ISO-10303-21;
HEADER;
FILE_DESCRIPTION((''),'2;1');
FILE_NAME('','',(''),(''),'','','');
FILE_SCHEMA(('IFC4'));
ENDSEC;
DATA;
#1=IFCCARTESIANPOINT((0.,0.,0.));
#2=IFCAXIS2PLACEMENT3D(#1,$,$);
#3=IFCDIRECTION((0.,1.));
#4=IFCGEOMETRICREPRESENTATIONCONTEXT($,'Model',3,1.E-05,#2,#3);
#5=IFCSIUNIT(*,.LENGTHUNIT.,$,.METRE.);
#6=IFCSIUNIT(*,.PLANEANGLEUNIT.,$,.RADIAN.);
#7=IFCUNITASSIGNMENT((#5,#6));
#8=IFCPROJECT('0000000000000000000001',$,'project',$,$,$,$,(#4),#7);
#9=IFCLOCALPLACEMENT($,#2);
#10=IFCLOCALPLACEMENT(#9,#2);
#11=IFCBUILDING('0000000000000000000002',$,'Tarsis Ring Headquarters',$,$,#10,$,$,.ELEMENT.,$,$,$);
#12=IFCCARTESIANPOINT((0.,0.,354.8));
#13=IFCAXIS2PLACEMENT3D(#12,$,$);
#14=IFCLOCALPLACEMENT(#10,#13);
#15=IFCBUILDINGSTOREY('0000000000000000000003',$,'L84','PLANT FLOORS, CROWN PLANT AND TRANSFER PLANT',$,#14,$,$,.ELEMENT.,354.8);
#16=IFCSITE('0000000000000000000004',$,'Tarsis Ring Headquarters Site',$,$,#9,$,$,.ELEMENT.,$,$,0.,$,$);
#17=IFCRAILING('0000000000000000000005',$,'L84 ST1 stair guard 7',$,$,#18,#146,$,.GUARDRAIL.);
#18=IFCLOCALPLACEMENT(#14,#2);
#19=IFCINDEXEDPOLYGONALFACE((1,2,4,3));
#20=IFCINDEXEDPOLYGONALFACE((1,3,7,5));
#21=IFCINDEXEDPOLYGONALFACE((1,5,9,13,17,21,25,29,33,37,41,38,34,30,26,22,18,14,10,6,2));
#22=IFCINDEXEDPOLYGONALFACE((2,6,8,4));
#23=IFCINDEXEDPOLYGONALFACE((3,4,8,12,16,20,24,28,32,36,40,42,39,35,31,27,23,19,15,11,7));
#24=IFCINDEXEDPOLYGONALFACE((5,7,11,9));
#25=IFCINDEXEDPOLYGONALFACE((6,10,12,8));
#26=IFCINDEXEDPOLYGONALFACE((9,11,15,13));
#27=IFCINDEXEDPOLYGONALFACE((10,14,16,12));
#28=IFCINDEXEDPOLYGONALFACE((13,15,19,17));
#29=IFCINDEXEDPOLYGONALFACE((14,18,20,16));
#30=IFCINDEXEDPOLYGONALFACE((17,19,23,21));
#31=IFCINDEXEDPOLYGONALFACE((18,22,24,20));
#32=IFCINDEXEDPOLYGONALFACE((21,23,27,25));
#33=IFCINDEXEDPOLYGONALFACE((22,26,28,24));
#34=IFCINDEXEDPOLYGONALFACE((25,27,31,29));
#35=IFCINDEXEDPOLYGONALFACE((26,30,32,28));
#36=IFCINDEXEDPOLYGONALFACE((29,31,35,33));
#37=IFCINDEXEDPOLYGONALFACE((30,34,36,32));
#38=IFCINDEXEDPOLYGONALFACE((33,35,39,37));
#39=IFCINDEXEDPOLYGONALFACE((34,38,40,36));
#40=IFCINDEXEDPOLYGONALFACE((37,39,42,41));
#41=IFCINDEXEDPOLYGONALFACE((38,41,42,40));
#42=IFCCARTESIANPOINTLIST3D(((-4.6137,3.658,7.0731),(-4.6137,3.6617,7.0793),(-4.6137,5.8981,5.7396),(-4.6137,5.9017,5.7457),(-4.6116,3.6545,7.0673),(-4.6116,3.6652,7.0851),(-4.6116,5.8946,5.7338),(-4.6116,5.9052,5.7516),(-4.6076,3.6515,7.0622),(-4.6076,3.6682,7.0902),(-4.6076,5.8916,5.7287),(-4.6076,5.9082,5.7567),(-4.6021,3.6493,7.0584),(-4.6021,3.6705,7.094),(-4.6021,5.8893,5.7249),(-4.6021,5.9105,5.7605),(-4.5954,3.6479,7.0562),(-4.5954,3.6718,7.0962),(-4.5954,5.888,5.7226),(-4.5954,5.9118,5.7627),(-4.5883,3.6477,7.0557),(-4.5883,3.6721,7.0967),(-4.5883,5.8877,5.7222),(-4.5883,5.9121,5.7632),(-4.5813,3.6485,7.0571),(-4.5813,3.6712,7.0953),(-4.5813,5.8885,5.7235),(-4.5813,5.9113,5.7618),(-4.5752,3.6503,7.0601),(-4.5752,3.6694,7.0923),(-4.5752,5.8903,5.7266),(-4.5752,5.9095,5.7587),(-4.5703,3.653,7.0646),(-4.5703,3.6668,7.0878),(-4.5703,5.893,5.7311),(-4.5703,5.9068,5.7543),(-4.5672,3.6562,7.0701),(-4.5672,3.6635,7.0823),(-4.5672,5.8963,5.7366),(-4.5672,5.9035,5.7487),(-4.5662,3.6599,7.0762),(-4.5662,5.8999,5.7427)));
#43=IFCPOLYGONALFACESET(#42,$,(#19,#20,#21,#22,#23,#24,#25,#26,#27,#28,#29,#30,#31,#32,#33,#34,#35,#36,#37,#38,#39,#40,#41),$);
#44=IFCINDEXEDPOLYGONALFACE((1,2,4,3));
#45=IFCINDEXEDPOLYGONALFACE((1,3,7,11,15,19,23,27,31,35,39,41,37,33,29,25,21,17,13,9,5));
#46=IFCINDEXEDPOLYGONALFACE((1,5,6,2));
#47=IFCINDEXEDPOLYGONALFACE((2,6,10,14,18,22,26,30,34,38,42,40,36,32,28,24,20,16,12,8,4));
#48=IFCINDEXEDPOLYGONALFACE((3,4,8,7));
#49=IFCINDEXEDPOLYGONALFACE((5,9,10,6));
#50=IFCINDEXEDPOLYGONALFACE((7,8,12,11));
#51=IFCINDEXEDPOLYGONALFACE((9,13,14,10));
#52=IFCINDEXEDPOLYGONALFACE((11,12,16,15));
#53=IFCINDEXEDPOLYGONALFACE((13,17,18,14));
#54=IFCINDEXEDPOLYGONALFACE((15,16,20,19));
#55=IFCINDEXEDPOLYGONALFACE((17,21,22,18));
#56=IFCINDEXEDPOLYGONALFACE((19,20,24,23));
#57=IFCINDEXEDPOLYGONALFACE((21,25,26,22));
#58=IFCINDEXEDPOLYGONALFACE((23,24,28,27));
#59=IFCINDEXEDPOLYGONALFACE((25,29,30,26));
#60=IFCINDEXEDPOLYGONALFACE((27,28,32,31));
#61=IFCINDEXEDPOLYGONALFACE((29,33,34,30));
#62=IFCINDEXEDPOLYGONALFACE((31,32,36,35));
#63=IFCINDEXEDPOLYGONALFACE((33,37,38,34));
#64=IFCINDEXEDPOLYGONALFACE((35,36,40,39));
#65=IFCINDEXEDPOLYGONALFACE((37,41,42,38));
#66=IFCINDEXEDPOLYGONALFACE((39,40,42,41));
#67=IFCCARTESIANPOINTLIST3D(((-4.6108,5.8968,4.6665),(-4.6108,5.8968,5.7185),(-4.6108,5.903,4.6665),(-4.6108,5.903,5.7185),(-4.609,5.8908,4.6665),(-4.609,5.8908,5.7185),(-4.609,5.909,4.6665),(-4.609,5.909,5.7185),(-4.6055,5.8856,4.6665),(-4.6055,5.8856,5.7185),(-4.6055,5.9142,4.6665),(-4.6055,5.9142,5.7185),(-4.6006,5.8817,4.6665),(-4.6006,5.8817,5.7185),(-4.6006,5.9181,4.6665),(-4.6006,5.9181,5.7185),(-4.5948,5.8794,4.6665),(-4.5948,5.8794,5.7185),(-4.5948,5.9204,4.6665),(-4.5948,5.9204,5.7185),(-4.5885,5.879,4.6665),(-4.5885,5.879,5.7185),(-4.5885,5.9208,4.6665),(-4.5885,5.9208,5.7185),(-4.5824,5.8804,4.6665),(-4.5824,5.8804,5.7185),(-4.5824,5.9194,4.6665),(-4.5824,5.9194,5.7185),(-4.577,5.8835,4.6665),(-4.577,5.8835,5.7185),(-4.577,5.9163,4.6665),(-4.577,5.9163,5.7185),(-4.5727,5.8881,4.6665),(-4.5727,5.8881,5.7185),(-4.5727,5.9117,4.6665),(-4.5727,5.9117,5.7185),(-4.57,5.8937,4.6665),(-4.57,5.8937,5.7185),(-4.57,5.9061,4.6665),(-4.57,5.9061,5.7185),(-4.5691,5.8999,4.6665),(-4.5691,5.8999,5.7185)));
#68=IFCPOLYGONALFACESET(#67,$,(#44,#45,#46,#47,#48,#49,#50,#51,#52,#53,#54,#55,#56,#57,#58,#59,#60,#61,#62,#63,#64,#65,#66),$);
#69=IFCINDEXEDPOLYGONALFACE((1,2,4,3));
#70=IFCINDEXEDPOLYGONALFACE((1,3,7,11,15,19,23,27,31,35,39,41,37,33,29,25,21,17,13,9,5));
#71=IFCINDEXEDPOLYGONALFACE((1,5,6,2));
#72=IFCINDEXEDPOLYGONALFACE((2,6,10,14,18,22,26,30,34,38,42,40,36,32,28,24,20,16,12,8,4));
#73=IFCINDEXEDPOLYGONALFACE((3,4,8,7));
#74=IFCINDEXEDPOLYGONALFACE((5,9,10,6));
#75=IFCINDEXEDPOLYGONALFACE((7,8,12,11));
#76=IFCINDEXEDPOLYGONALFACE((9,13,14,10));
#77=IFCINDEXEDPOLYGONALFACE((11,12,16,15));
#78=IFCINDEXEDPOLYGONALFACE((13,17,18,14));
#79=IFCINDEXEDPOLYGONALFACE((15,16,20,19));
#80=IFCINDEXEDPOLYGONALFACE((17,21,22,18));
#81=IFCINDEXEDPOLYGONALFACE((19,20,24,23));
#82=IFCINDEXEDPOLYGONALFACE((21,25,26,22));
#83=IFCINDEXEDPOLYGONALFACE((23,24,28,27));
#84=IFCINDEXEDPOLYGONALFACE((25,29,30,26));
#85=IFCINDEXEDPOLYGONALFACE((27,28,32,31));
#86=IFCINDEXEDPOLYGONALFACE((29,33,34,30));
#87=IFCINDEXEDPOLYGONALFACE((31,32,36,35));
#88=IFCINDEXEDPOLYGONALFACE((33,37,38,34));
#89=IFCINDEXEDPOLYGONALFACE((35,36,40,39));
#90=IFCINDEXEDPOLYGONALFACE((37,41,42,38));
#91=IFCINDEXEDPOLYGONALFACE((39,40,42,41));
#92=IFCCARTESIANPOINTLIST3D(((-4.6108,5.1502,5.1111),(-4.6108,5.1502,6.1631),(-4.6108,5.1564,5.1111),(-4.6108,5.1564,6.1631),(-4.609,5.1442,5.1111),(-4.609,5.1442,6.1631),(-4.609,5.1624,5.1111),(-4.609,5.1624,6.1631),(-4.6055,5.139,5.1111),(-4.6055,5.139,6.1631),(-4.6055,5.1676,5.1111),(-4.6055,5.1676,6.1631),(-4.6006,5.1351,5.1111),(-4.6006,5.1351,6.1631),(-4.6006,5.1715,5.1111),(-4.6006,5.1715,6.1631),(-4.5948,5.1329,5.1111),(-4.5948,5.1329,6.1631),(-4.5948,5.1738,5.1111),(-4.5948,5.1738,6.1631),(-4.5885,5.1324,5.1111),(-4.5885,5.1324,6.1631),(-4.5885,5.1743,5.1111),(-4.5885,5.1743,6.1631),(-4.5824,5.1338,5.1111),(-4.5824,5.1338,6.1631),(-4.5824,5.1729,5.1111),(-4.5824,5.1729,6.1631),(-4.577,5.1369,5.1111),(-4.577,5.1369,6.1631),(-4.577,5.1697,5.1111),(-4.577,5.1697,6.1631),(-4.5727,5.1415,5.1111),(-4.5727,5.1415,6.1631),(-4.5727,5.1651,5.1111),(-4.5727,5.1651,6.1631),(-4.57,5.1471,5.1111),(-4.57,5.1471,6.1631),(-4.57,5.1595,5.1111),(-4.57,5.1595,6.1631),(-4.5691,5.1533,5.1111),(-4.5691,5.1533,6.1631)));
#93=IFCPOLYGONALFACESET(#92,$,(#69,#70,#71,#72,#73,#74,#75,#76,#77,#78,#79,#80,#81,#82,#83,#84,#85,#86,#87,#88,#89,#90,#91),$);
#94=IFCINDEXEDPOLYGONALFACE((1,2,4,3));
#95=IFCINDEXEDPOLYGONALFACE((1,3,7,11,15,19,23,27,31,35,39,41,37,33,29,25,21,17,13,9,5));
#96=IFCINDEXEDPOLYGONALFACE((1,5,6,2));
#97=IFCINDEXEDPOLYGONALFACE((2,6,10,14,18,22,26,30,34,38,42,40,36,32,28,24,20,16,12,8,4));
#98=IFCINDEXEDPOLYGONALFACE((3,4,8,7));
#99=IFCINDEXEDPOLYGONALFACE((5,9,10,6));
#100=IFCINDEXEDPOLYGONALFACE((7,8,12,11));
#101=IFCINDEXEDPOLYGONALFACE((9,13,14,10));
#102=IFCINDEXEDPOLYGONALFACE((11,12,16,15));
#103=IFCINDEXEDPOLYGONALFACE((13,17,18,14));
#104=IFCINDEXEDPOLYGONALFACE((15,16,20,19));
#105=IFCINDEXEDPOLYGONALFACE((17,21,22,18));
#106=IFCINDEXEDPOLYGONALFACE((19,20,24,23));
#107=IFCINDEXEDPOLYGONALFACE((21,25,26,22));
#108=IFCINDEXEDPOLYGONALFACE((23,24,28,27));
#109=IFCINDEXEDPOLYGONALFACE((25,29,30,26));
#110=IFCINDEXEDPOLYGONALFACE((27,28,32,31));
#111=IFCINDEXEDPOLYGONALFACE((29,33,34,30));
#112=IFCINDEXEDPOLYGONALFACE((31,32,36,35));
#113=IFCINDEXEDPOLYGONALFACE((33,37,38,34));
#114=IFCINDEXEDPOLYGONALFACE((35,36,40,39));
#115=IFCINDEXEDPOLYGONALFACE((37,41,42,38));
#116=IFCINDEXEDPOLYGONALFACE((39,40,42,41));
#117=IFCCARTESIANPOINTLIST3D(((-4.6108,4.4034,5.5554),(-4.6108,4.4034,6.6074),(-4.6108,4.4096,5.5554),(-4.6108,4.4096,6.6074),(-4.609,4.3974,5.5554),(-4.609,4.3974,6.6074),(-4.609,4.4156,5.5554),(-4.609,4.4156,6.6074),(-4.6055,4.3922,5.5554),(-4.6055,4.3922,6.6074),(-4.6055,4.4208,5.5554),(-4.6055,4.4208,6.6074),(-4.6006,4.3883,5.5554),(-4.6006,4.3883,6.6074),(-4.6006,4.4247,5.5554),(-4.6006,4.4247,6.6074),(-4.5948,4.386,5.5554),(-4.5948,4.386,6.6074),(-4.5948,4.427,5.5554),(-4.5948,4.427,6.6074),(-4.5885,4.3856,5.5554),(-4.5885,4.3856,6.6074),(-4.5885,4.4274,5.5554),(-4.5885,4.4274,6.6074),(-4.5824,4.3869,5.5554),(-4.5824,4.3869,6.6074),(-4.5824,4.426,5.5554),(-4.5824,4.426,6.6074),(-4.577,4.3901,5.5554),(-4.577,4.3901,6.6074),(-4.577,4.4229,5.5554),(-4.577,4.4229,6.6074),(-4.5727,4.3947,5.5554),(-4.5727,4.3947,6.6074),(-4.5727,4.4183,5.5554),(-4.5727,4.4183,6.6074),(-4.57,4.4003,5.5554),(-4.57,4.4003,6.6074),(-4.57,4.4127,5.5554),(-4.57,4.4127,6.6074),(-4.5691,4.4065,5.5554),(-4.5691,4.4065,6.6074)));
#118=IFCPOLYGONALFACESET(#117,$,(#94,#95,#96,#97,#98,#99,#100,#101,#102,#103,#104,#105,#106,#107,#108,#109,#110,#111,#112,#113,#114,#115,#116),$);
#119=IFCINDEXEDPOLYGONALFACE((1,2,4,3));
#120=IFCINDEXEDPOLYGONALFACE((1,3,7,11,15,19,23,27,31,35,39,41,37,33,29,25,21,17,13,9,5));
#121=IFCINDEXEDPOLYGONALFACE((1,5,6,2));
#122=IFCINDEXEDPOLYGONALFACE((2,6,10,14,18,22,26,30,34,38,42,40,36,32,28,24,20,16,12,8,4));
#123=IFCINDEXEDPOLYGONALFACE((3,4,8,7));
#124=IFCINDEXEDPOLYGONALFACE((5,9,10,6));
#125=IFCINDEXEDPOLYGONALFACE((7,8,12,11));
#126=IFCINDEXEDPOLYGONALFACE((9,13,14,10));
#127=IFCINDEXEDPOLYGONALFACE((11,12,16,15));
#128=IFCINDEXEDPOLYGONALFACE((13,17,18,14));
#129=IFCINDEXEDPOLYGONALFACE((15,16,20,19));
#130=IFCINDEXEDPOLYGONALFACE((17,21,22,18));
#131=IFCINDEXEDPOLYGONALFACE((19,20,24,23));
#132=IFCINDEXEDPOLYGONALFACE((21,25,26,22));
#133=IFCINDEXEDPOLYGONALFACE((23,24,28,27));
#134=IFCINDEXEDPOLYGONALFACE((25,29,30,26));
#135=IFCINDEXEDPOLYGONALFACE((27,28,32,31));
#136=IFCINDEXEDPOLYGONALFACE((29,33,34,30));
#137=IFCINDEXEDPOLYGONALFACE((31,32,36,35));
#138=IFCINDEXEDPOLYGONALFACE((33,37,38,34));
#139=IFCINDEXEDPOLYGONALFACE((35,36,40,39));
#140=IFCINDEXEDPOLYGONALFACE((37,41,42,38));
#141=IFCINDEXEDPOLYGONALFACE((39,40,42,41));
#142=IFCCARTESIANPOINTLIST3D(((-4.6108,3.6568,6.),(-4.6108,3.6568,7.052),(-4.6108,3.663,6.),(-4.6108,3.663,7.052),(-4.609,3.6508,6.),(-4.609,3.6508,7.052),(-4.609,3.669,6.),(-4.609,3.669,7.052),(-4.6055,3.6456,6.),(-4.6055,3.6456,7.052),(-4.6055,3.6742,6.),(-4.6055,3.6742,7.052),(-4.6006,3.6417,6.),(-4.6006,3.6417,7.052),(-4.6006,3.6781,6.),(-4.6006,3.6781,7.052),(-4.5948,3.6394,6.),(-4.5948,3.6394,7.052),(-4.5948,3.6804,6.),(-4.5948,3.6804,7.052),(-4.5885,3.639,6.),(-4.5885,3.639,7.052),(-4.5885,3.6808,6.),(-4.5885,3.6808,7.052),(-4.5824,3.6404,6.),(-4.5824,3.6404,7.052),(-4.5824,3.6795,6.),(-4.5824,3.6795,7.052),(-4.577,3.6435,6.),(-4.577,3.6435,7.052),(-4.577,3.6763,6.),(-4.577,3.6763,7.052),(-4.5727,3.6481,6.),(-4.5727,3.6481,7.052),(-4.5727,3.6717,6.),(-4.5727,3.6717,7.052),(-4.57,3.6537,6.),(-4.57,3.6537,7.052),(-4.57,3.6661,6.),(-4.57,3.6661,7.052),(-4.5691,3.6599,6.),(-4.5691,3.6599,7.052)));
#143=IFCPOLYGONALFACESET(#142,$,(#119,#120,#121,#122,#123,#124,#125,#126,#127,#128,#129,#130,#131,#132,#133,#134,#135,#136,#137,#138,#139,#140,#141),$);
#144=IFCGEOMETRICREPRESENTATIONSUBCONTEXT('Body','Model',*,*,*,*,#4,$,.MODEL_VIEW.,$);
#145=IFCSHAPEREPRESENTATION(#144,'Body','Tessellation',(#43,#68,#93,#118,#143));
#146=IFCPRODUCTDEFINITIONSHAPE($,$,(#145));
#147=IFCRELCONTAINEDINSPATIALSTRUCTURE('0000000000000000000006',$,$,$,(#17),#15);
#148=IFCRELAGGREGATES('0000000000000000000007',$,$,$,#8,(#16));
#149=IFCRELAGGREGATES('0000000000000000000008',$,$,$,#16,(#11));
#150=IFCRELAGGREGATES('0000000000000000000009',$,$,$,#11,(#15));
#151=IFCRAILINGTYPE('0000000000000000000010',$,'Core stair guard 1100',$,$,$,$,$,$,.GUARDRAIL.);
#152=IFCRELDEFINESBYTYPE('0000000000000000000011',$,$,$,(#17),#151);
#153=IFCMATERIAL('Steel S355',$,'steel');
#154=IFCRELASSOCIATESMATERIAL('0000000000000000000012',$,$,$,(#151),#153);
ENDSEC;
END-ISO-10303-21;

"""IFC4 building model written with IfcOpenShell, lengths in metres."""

from ifc_helpers import new_model, si_unit, direction, frame, origin, origin_2d, place, context, subcontext, project, spatial, circle, extrude, material, type_object, element, save


model = new_model("IFC4")

# Units and contexts
model_context = context("Model", 3, precision=1e-05, world=origin(), true_north=direction((0.0, 1.0)))
body_context = subcontext(model_context, "Body", "Model", "MODEL_VIEW")
ifc_project = project(units=[si_unit("LENGTHUNIT", "METRE"), si_unit("PLANEANGLEUNIT", "RADIAN")], contexts=[model_context])

# Site, building, storey
site_placement = place(None, origin())
site = spatial("IfcSite", under=ifc_project, at=site_placement, Name="Tarsis Ring Headquarters Site", CompositionType="ELEMENT", RefElevation=0.0)
building_placement = place(site_placement, origin())
building = spatial("IfcBuilding", under=site, at=building_placement, Name="Tarsis Ring Headquarters", CompositionType="ELEMENT")
storey_placement = place(building_placement, frame((0.0, 0.0, 354.8)))
storey = spatial("IfcBuildingStorey", under=building, at=storey_placement, Name="L84", Description="PLANT FLOORS, CROWN PLANT AND TRANSFER PLANT", CompositionType="ELEMENT", Elevation=354.8)

# Shared definitions
ifc_material_1 = material(Name="Steel S355", Category="steel")

# Railing
railing_type_1 = type_object("IfcRailingType", Name="Core stair guard 1100", PredefinedType="GUARDRAIL", material=ifc_material_1)
railing_1_placement = place(storey_placement, frame((-4.5901, 5.8999, 4.6665)))
element("IfcRailing", 1, at=railing_1_placement, inside=storey, type_object=railing_type_1, Name="L84 ST1 stair guard 7", PredefinedType="GUARDRAIL", context=body_context, shape_type="SweptSolid", body=[
    extrude(circle(Radius=0.0239, at=origin_2d()), frame((0.0, 0.0, 1.0762), z_axis=(0.0, -0.859264, 0.511532), x_axis=(1.0, 0.0, 0.0)), (0.0, 0.0, 1.0), 2.6069),
    extrude(circle(Radius=0.021, at=origin_2d()), origin(), (0.0, 0.0, 1.0), 1.052),
    extrude(circle(Radius=0.021, at=origin_2d()), frame((0.0, -0.7466, 0.4446)), (0.0, 0.0, 1.0), 1.052),
    extrude(circle(Radius=0.021, at=origin_2d()), frame((0.0, -1.4934, 0.8889)), (0.0, 0.0, 1.0), 1.052),
    extrude(circle(Radius=0.021, at=origin_2d()), frame((0.0, -2.24, 1.3335)), (0.0, 0.0, 1.0), 1.052),
])

save(model, "model.ifc")
